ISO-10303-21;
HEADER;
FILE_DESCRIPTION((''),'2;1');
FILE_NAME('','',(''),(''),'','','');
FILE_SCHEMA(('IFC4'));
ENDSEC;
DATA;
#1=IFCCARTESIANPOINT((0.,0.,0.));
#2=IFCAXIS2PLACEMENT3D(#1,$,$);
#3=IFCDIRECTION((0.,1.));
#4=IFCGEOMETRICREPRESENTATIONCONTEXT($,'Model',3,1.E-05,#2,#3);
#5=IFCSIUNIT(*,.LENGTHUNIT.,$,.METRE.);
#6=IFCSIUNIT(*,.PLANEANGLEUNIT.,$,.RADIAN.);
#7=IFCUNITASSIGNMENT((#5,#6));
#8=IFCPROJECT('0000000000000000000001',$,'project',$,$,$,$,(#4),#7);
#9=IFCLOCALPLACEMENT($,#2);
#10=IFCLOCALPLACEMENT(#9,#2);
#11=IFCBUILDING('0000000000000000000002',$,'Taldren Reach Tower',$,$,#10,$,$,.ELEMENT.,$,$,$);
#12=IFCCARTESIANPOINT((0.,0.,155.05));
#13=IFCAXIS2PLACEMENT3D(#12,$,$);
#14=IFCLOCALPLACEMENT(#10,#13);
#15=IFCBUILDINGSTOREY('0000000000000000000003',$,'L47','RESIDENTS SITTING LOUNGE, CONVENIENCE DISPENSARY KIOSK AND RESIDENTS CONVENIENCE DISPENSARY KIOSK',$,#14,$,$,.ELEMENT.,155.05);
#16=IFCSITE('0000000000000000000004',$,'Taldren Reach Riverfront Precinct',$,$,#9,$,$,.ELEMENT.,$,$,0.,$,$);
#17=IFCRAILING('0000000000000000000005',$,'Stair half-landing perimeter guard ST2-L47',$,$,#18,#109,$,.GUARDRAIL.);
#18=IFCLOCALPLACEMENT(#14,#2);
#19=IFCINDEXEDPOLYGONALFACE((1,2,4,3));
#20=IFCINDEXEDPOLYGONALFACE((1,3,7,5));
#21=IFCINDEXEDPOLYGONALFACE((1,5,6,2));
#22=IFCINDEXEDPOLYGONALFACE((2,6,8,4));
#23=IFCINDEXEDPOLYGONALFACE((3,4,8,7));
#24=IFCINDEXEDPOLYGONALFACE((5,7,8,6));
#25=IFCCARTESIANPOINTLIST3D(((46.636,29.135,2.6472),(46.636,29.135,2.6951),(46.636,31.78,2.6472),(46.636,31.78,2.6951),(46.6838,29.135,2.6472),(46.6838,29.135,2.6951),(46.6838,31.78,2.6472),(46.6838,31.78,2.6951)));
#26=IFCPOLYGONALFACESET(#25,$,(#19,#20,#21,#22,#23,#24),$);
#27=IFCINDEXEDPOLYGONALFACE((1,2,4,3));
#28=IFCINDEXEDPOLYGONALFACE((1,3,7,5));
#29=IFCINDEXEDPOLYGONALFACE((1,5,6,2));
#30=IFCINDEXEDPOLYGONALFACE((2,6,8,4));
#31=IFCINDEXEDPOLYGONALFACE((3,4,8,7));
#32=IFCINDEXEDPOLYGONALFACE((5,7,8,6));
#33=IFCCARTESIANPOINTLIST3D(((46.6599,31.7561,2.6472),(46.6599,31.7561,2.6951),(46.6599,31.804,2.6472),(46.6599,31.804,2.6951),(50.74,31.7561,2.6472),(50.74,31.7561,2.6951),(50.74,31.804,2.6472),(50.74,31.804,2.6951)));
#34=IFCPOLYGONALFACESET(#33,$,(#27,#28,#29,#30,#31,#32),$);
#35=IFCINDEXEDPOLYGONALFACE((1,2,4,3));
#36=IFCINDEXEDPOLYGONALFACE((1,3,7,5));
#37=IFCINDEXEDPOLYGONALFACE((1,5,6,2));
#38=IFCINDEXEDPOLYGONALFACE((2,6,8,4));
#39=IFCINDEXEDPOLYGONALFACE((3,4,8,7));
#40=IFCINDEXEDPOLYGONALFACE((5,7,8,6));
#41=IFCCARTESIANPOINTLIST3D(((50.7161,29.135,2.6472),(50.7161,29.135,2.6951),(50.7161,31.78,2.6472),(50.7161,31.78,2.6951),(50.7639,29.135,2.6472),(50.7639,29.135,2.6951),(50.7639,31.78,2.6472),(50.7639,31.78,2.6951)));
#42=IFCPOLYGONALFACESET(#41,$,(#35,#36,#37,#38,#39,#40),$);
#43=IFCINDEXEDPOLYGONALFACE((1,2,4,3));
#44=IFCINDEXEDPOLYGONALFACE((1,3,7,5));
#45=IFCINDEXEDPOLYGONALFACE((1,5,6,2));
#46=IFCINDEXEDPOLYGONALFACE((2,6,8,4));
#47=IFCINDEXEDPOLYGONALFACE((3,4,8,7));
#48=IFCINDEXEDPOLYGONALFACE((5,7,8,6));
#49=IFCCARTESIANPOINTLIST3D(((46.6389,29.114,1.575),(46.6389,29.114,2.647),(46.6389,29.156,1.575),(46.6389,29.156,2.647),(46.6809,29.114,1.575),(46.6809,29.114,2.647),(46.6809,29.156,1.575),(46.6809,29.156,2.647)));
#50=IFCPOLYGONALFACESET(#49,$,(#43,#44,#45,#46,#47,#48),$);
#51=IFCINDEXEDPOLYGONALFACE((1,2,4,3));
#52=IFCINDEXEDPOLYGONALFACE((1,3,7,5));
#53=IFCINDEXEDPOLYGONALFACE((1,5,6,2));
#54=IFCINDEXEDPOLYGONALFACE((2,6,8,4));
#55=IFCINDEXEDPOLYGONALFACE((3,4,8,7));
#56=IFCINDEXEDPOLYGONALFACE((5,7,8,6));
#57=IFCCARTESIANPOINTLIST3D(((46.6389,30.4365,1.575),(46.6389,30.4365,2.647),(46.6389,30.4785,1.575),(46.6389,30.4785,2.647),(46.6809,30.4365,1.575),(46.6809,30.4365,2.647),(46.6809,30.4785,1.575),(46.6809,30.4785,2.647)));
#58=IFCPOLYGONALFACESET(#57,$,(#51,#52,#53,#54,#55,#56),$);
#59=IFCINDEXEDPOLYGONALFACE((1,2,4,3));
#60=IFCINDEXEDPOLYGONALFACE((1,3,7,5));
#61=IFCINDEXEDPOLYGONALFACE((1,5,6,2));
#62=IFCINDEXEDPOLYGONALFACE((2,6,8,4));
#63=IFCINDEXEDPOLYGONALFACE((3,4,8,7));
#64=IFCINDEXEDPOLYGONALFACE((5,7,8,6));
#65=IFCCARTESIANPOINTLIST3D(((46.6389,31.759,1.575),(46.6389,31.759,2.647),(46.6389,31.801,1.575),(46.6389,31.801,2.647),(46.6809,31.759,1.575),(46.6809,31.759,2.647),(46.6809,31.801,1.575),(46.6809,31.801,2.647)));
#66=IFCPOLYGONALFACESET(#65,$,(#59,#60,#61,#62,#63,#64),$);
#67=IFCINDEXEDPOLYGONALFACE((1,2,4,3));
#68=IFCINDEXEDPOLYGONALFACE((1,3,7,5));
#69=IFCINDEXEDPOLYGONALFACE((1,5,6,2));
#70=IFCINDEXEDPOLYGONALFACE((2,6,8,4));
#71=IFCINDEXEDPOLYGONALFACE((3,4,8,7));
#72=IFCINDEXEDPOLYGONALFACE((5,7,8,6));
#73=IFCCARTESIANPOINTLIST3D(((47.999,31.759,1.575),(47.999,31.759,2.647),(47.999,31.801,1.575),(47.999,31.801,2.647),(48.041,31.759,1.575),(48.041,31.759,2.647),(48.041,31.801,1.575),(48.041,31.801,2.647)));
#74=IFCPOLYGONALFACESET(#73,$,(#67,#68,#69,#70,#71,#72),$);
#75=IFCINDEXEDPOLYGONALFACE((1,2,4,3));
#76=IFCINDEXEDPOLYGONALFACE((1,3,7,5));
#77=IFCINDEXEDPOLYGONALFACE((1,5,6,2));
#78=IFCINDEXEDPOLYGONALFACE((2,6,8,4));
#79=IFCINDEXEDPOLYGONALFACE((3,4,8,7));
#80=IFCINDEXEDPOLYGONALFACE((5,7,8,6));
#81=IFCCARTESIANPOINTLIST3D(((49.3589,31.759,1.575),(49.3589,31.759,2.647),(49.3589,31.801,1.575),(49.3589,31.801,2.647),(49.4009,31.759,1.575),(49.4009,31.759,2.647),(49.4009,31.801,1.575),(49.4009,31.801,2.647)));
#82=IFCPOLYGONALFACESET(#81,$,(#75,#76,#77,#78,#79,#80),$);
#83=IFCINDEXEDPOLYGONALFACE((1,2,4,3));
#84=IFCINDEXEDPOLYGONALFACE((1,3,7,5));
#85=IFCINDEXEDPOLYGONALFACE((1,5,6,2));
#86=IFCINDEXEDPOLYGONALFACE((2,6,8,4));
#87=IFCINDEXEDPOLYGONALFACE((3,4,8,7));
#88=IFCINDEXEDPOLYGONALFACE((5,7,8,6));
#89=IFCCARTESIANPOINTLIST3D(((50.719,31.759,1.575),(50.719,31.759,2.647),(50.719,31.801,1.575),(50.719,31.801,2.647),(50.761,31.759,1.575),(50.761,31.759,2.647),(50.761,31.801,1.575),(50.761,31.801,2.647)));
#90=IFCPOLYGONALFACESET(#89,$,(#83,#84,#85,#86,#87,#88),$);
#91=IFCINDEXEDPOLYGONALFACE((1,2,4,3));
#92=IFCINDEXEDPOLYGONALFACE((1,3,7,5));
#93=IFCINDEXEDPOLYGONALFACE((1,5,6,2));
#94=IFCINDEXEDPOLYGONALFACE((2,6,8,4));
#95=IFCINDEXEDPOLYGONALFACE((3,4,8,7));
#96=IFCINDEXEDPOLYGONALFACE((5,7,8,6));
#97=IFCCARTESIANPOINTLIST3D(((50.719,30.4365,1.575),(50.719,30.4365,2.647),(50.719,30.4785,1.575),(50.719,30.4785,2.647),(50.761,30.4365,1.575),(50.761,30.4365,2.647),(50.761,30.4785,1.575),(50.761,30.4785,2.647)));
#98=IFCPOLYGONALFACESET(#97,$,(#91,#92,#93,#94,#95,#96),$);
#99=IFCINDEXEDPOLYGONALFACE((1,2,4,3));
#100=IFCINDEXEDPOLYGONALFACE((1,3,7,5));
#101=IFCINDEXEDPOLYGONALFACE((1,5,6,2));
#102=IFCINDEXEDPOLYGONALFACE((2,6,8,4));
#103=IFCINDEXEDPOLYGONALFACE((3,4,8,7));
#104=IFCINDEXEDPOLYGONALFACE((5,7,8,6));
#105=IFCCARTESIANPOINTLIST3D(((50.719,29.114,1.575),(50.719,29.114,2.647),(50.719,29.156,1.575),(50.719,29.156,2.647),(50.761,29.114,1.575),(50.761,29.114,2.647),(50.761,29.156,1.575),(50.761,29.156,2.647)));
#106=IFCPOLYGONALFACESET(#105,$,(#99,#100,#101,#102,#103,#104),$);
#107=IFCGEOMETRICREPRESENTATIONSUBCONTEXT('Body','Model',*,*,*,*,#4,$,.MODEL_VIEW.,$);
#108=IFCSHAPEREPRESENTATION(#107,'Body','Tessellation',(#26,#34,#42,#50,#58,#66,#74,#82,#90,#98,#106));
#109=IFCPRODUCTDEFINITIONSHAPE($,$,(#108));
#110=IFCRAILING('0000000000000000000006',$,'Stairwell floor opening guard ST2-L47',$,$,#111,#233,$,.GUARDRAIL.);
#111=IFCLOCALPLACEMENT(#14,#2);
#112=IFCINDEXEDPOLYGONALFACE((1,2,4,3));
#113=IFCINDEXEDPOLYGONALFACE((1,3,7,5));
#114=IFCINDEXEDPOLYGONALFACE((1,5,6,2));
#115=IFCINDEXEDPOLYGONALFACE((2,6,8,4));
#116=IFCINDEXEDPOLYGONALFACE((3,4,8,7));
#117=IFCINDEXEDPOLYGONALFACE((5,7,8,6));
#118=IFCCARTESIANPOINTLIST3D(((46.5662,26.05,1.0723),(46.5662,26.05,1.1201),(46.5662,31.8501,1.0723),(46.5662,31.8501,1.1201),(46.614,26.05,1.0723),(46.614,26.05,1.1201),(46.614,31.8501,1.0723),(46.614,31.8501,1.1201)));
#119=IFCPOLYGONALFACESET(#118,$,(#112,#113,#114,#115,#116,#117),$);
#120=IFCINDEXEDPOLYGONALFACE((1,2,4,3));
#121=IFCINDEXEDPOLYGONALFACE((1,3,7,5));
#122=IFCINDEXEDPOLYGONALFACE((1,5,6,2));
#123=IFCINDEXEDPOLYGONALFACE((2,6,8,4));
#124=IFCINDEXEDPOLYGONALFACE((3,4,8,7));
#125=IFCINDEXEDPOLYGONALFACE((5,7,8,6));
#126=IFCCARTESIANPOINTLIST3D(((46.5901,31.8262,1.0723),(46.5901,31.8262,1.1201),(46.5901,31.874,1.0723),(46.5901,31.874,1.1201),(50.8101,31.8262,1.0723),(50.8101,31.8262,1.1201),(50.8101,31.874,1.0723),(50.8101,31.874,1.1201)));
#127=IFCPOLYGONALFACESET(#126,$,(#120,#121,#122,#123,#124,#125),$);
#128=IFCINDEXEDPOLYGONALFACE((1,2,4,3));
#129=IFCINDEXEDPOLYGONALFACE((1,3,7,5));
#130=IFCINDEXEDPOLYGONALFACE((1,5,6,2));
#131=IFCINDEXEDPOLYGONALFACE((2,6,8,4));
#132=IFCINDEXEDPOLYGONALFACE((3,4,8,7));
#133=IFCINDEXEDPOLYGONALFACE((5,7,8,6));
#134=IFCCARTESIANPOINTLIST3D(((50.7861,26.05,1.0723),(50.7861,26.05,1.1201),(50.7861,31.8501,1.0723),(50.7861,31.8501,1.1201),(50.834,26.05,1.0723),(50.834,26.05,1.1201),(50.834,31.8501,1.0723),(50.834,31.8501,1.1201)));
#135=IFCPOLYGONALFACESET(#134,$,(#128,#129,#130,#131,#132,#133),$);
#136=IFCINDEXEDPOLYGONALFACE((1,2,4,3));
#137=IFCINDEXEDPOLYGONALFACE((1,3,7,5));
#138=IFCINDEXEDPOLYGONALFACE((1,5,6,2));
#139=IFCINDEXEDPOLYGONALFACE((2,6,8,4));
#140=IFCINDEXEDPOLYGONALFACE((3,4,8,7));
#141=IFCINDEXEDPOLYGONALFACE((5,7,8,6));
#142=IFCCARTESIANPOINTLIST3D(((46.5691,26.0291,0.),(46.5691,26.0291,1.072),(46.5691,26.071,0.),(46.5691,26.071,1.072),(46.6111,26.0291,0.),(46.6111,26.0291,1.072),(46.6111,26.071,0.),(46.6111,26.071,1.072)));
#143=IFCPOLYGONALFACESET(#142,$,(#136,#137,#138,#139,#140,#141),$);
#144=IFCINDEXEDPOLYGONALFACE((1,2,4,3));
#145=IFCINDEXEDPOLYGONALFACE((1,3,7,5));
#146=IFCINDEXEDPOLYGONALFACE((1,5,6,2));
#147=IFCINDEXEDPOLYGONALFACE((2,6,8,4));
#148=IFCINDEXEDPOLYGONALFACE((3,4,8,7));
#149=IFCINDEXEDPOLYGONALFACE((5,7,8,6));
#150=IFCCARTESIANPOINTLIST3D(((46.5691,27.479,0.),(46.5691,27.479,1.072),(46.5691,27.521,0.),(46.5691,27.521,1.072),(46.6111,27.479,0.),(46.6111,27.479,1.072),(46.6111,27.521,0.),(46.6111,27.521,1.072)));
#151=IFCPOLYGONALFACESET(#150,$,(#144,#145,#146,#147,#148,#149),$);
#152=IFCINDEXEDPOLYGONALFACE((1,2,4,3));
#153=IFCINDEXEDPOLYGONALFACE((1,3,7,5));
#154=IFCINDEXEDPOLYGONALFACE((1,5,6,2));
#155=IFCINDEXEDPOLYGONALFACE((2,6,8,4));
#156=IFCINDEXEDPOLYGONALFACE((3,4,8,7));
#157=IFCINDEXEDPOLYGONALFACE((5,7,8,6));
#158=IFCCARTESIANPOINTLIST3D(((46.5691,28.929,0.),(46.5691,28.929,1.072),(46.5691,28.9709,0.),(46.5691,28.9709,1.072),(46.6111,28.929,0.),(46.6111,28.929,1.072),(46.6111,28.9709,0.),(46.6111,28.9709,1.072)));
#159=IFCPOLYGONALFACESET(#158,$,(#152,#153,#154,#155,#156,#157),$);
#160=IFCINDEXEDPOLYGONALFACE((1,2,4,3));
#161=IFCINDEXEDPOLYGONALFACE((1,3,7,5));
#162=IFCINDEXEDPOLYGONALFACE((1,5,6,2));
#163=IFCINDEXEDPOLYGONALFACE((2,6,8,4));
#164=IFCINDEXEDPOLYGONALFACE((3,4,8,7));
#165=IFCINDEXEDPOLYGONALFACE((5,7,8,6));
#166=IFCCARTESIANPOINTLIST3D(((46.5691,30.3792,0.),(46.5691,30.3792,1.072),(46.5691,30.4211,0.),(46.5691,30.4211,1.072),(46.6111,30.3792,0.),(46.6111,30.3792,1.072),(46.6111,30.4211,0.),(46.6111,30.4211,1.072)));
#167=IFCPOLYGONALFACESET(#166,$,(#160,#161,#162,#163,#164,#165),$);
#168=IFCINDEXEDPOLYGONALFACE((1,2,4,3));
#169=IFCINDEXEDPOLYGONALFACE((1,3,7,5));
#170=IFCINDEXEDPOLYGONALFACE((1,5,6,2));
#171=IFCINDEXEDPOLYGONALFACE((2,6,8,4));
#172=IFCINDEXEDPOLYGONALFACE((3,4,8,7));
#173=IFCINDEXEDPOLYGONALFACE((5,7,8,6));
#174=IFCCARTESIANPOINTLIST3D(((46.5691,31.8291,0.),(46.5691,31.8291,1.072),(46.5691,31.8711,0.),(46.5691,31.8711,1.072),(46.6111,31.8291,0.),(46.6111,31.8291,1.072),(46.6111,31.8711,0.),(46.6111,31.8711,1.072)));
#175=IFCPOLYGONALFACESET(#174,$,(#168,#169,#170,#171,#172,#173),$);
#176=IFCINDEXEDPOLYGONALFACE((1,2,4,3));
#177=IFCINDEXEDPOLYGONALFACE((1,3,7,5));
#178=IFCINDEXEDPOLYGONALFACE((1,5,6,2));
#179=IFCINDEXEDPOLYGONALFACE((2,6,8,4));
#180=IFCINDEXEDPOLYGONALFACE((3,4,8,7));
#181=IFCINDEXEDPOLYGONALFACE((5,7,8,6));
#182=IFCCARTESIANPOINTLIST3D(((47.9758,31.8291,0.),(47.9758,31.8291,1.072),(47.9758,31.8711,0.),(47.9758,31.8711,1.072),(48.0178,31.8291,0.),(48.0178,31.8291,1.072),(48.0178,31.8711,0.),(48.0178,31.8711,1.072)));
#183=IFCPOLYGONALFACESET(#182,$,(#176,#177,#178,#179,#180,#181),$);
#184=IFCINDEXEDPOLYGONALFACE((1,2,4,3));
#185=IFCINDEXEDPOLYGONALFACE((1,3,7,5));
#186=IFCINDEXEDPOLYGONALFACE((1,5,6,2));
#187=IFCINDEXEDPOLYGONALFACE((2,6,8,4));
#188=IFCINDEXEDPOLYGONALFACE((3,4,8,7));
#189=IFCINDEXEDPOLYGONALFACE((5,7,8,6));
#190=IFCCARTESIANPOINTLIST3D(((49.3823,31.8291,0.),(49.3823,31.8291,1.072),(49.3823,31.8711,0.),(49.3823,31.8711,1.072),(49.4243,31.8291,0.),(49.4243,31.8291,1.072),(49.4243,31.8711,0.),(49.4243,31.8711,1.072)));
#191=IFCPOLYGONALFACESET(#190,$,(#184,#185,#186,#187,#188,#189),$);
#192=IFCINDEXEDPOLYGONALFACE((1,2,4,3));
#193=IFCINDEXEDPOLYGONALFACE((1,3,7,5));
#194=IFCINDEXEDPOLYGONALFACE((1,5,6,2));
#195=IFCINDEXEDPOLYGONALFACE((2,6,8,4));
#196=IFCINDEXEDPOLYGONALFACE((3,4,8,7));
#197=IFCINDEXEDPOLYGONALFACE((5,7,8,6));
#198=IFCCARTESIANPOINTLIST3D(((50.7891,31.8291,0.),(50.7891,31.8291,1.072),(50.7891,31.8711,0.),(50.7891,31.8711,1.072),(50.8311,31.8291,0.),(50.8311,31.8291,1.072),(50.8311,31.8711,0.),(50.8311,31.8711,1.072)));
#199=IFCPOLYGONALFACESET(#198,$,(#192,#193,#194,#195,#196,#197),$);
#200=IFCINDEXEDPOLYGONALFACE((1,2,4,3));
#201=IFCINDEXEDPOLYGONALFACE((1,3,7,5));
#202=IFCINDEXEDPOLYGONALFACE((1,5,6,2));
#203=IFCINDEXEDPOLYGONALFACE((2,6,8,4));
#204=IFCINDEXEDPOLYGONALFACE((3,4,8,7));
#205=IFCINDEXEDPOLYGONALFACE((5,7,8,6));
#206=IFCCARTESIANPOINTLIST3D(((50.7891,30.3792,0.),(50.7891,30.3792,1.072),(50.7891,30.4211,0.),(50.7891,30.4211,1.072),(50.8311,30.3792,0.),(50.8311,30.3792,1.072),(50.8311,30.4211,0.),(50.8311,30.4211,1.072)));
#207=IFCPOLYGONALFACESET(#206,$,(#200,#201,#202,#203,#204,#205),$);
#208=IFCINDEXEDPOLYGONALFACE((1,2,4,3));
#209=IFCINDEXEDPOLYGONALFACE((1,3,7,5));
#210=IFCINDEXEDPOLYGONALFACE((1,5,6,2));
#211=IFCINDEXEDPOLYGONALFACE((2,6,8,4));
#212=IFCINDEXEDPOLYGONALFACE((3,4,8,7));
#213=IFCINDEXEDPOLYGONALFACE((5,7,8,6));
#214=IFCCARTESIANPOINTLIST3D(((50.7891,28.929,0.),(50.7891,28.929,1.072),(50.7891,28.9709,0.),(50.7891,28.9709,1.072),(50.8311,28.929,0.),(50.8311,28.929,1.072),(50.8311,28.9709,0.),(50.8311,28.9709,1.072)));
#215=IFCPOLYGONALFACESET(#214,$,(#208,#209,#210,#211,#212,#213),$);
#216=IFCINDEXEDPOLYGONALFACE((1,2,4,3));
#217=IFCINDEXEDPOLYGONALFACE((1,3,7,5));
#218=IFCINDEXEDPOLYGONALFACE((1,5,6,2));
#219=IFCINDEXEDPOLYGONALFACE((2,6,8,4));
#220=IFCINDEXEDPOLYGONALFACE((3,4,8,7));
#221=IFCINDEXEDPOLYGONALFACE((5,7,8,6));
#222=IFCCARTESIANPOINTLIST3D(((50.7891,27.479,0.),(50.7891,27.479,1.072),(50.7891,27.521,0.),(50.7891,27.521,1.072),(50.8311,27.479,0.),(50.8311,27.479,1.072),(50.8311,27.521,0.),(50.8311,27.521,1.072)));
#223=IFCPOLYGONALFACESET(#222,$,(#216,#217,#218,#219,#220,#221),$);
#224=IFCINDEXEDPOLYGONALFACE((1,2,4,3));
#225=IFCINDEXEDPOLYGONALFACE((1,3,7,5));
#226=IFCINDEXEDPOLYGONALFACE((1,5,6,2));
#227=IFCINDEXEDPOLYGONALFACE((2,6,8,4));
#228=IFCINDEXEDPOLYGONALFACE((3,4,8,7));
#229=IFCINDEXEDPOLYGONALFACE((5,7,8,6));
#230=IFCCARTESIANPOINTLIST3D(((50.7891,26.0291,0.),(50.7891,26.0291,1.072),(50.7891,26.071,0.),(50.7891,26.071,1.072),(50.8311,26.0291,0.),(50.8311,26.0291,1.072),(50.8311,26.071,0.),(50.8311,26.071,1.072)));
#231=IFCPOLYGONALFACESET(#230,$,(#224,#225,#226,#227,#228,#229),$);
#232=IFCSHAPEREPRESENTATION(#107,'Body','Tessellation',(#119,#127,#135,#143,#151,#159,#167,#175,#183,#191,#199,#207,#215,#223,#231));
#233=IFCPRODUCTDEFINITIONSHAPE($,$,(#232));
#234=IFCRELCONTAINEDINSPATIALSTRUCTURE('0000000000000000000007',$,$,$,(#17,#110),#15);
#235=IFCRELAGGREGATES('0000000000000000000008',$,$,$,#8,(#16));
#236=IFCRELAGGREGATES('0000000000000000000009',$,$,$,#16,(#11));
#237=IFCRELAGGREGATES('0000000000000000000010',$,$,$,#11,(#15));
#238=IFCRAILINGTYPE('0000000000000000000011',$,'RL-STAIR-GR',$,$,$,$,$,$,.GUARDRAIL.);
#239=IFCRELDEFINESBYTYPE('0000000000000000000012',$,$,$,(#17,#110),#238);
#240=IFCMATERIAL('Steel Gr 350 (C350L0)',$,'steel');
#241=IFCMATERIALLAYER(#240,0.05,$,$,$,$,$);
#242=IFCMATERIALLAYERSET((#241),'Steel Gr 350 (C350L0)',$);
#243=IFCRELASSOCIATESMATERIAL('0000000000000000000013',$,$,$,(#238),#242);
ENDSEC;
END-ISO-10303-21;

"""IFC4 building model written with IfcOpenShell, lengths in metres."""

from ifc_helpers import new_model, si_unit, direction, frame, origin, origin_2d, place, context, subcontext, project, spatial, rectangle, extrude, material, layer, layer_set, type_object, element, save


model = new_model("IFC4")

# Units and contexts
model_context = context("Model", 3, precision=1e-05, world=origin(), true_north=direction((0.0, 1.0)))
body_context = subcontext(model_context, "Body", "Model", "MODEL_VIEW")
ifc_project = project(units=[si_unit("LENGTHUNIT", "METRE"), si_unit("PLANEANGLEUNIT", "RADIAN")], contexts=[model_context])

# Site, building, storey
site_placement = place(None, origin())
site = spatial("IfcSite", under=ifc_project, at=site_placement, Name="Taldren Reach Riverfront Precinct", CompositionType="ELEMENT", RefElevation=0.0)
building_placement = place(site_placement, origin())
building = spatial("IfcBuilding", under=site, at=building_placement, Name="Taldren Reach Tower", CompositionType="ELEMENT")
storey_placement = place(building_placement, frame((0.0, 0.0, 155.05)))
storey = spatial("IfcBuildingStorey", under=building, at=storey_placement, Name="L47", Description="RESIDENTS SITTING LOUNGE, CONVENIENCE DISPENSARY KIOSK AND RESIDENTS CONVENIENCE DISPENSARY KIOSK", CompositionType="ELEMENT", Elevation=155.05)

# Shared definitions
ifc_material_1 = material(Name="Steel Gr 350 (C350L0)", Category="steel")

# Railings
ifc_layer_1 = layer(ifc_material_1, 0.05)
ifc_layer_set_1 = layer_set([ifc_layer_1], Name="Steel Gr 350 (C350L0)")
railing_type_1 = type_object("IfcRailingType", Name="RL-STAIR-GR", PredefinedType="GUARDRAIL", material=ifc_layer_set_1)
railing_1_placement = place(storey_placement, frame((46.6599, 29.135, 1.575)))
element("IfcRailing", 1, at=railing_1_placement, inside=storey, type_object=railing_type_1, Name="Stair half-landing perimeter guard ST2-L47", PredefinedType="GUARDRAIL", context=body_context, shape_type="SweptSolid", body=[
    extrude(rectangle(XDim=0.0479, YDim=0.0479, at=origin_2d()), frame((0.0, 0.0, 1.0962), z_axis=(0.0, 1.0, 0.0), x_axis=(-1.0, 0.0, 0.0)), (0.0, 0.0, 1.0), 2.645),
    extrude(rectangle(XDim=0.0479, YDim=0.0479, at=origin_2d()), frame((0.0, 2.645, 1.0962), z_axis=(1.0, 0.0, 0.0), x_axis=(0.0, 1.0, 0.0)), (0.0, 0.0, 1.0), 4.0801),
    extrude(rectangle(XDim=0.0479, YDim=0.0479, at=origin_2d()), frame((4.0801, 2.645, 1.0962), z_axis=(0.0, -1.0, 0.0), x_axis=(1.0, 0.0, 0.0)), (0.0, 0.0, 1.0), 2.645),
    extrude(rectangle(XDim=0.042, YDim=0.042, at=origin_2d()), origin(), (0.0, 0.0, 1.0), 1.072),
    extrude(rectangle(XDim=0.042, YDim=0.042, at=origin_2d()), frame((0.0, 1.3225, 0.0)), (0.0, 0.0, 1.0), 1.072),
    extrude(rectangle(XDim=0.042, YDim=0.042, at=origin_2d()), frame((0.0, 2.645, 0.0)), (0.0, 0.0, 1.0), 1.072),
    extrude(rectangle(XDim=0.042, YDim=0.042, at=origin_2d()), frame((1.3601, 2.645, 0.0)), (0.0, 0.0, 1.0), 1.072),
    extrude(rectangle(XDim=0.042, YDim=0.042, at=origin_2d()), frame((2.72, 2.645, 0.0)), (0.0, 0.0, 1.0), 1.072),
    extrude(rectangle(XDim=0.042, YDim=0.042, at=origin_2d()), frame((4.0801, 2.645, 0.0)), (0.0, 0.0, 1.0), 1.072),
    extrude(rectangle(XDim=0.042, YDim=0.042, at=origin_2d()), frame((4.0801, 1.3225, 0.0)), (0.0, 0.0, 1.0), 1.072),
    extrude(rectangle(XDim=0.042, YDim=0.042, at=origin_2d()), frame((4.0801, 0.0, 0.0)), (0.0, 0.0, 1.0), 1.072),
])
railing_2_placement = place(storey_placement, frame((46.5901, 26.05, 0.0)))
element("IfcRailing", 2, at=railing_2_placement, inside=storey, type_object=railing_type_1, Name="Stairwell floor opening guard ST2-L47", PredefinedType="GUARDRAIL", context=body_context, shape_type="SweptSolid", body=[
    extrude(rectangle(XDim=0.0479, YDim=0.0479, at=origin_2d()), frame((0.0, 0.0, 1.0962), z_axis=(0.0, 1.0, 0.0), x_axis=(-1.0, 0.0, 0.0)), (0.0, 0.0, 1.0), 5.8),
    extrude(rectangle(XDim=0.0479, YDim=0.0479, at=origin_2d()), frame((0.0, 5.8, 1.0962), z_axis=(1.0, 0.0, 0.0), x_axis=(0.0, 1.0, 0.0)), (0.0, 0.0, 1.0), 4.22),
    extrude(rectangle(XDim=0.0479, YDim=0.0479, at=origin_2d()), frame((4.22, 5.8, 1.0962), z_axis=(0.0, -1.0, 0.0), x_axis=(1.0, 0.0, 0.0)), (0.0, 0.0, 1.0), 5.8),
    extrude(rectangle(XDim=0.042, YDim=0.042, at=origin_2d()), origin(), (0.0, 0.0, 1.0), 1.072),
    extrude(rectangle(XDim=0.042, YDim=0.042, at=origin_2d()), frame((0.0, 1.45, 0.0)), (0.0, 0.0, 1.0), 1.072),
    extrude(rectangle(XDim=0.042, YDim=0.042, at=origin_2d()), frame((0.0, 2.8999, 0.0)), (0.0, 0.0, 1.0), 1.072),
    extrude(rectangle(XDim=0.042, YDim=0.042, at=origin_2d()), frame((0.0, 4.3501, 0.0)), (0.0, 0.0, 1.0), 1.072),
    extrude(rectangle(XDim=0.042, YDim=0.042, at=origin_2d()), frame((0.0, 5.8, 0.0)), (0.0, 0.0, 1.0), 1.072),
    extrude(rectangle(XDim=0.042, YDim=0.042, at=origin_2d()), frame((1.4067, 5.8, 0.0)), (0.0, 0.0, 1.0), 1.072),
    extrude(rectangle(XDim=0.042, YDim=0.042, at=origin_2d()), frame((2.8132, 5.8, 0.0)), (0.0, 0.0, 1.0), 1.072),
    extrude(rectangle(XDim=0.042, YDim=0.042, at=origin_2d()), frame((4.22, 5.8, 0.0)), (0.0, 0.0, 1.0), 1.072),
    extrude(rectangle(XDim=0.042, YDim=0.042, at=origin_2d()), frame((4.22, 4.3501, 0.0)), (0.0, 0.0, 1.0), 1.072),
    extrude(rectangle(XDim=0.042, YDim=0.042, at=origin_2d()), frame((4.22, 2.8999, 0.0)), (0.0, 0.0, 1.0), 1.072),
    extrude(rectangle(XDim=0.042, YDim=0.042, at=origin_2d()), frame((4.22, 1.45, 0.0)), (0.0, 0.0, 1.0), 1.072),
    extrude(rectangle(XDim=0.042, YDim=0.042, at=origin_2d()), frame((4.22, 0.0, 0.0)), (0.0, 0.0, 1.0), 1.072),
])

save(model, "model.ifc")
